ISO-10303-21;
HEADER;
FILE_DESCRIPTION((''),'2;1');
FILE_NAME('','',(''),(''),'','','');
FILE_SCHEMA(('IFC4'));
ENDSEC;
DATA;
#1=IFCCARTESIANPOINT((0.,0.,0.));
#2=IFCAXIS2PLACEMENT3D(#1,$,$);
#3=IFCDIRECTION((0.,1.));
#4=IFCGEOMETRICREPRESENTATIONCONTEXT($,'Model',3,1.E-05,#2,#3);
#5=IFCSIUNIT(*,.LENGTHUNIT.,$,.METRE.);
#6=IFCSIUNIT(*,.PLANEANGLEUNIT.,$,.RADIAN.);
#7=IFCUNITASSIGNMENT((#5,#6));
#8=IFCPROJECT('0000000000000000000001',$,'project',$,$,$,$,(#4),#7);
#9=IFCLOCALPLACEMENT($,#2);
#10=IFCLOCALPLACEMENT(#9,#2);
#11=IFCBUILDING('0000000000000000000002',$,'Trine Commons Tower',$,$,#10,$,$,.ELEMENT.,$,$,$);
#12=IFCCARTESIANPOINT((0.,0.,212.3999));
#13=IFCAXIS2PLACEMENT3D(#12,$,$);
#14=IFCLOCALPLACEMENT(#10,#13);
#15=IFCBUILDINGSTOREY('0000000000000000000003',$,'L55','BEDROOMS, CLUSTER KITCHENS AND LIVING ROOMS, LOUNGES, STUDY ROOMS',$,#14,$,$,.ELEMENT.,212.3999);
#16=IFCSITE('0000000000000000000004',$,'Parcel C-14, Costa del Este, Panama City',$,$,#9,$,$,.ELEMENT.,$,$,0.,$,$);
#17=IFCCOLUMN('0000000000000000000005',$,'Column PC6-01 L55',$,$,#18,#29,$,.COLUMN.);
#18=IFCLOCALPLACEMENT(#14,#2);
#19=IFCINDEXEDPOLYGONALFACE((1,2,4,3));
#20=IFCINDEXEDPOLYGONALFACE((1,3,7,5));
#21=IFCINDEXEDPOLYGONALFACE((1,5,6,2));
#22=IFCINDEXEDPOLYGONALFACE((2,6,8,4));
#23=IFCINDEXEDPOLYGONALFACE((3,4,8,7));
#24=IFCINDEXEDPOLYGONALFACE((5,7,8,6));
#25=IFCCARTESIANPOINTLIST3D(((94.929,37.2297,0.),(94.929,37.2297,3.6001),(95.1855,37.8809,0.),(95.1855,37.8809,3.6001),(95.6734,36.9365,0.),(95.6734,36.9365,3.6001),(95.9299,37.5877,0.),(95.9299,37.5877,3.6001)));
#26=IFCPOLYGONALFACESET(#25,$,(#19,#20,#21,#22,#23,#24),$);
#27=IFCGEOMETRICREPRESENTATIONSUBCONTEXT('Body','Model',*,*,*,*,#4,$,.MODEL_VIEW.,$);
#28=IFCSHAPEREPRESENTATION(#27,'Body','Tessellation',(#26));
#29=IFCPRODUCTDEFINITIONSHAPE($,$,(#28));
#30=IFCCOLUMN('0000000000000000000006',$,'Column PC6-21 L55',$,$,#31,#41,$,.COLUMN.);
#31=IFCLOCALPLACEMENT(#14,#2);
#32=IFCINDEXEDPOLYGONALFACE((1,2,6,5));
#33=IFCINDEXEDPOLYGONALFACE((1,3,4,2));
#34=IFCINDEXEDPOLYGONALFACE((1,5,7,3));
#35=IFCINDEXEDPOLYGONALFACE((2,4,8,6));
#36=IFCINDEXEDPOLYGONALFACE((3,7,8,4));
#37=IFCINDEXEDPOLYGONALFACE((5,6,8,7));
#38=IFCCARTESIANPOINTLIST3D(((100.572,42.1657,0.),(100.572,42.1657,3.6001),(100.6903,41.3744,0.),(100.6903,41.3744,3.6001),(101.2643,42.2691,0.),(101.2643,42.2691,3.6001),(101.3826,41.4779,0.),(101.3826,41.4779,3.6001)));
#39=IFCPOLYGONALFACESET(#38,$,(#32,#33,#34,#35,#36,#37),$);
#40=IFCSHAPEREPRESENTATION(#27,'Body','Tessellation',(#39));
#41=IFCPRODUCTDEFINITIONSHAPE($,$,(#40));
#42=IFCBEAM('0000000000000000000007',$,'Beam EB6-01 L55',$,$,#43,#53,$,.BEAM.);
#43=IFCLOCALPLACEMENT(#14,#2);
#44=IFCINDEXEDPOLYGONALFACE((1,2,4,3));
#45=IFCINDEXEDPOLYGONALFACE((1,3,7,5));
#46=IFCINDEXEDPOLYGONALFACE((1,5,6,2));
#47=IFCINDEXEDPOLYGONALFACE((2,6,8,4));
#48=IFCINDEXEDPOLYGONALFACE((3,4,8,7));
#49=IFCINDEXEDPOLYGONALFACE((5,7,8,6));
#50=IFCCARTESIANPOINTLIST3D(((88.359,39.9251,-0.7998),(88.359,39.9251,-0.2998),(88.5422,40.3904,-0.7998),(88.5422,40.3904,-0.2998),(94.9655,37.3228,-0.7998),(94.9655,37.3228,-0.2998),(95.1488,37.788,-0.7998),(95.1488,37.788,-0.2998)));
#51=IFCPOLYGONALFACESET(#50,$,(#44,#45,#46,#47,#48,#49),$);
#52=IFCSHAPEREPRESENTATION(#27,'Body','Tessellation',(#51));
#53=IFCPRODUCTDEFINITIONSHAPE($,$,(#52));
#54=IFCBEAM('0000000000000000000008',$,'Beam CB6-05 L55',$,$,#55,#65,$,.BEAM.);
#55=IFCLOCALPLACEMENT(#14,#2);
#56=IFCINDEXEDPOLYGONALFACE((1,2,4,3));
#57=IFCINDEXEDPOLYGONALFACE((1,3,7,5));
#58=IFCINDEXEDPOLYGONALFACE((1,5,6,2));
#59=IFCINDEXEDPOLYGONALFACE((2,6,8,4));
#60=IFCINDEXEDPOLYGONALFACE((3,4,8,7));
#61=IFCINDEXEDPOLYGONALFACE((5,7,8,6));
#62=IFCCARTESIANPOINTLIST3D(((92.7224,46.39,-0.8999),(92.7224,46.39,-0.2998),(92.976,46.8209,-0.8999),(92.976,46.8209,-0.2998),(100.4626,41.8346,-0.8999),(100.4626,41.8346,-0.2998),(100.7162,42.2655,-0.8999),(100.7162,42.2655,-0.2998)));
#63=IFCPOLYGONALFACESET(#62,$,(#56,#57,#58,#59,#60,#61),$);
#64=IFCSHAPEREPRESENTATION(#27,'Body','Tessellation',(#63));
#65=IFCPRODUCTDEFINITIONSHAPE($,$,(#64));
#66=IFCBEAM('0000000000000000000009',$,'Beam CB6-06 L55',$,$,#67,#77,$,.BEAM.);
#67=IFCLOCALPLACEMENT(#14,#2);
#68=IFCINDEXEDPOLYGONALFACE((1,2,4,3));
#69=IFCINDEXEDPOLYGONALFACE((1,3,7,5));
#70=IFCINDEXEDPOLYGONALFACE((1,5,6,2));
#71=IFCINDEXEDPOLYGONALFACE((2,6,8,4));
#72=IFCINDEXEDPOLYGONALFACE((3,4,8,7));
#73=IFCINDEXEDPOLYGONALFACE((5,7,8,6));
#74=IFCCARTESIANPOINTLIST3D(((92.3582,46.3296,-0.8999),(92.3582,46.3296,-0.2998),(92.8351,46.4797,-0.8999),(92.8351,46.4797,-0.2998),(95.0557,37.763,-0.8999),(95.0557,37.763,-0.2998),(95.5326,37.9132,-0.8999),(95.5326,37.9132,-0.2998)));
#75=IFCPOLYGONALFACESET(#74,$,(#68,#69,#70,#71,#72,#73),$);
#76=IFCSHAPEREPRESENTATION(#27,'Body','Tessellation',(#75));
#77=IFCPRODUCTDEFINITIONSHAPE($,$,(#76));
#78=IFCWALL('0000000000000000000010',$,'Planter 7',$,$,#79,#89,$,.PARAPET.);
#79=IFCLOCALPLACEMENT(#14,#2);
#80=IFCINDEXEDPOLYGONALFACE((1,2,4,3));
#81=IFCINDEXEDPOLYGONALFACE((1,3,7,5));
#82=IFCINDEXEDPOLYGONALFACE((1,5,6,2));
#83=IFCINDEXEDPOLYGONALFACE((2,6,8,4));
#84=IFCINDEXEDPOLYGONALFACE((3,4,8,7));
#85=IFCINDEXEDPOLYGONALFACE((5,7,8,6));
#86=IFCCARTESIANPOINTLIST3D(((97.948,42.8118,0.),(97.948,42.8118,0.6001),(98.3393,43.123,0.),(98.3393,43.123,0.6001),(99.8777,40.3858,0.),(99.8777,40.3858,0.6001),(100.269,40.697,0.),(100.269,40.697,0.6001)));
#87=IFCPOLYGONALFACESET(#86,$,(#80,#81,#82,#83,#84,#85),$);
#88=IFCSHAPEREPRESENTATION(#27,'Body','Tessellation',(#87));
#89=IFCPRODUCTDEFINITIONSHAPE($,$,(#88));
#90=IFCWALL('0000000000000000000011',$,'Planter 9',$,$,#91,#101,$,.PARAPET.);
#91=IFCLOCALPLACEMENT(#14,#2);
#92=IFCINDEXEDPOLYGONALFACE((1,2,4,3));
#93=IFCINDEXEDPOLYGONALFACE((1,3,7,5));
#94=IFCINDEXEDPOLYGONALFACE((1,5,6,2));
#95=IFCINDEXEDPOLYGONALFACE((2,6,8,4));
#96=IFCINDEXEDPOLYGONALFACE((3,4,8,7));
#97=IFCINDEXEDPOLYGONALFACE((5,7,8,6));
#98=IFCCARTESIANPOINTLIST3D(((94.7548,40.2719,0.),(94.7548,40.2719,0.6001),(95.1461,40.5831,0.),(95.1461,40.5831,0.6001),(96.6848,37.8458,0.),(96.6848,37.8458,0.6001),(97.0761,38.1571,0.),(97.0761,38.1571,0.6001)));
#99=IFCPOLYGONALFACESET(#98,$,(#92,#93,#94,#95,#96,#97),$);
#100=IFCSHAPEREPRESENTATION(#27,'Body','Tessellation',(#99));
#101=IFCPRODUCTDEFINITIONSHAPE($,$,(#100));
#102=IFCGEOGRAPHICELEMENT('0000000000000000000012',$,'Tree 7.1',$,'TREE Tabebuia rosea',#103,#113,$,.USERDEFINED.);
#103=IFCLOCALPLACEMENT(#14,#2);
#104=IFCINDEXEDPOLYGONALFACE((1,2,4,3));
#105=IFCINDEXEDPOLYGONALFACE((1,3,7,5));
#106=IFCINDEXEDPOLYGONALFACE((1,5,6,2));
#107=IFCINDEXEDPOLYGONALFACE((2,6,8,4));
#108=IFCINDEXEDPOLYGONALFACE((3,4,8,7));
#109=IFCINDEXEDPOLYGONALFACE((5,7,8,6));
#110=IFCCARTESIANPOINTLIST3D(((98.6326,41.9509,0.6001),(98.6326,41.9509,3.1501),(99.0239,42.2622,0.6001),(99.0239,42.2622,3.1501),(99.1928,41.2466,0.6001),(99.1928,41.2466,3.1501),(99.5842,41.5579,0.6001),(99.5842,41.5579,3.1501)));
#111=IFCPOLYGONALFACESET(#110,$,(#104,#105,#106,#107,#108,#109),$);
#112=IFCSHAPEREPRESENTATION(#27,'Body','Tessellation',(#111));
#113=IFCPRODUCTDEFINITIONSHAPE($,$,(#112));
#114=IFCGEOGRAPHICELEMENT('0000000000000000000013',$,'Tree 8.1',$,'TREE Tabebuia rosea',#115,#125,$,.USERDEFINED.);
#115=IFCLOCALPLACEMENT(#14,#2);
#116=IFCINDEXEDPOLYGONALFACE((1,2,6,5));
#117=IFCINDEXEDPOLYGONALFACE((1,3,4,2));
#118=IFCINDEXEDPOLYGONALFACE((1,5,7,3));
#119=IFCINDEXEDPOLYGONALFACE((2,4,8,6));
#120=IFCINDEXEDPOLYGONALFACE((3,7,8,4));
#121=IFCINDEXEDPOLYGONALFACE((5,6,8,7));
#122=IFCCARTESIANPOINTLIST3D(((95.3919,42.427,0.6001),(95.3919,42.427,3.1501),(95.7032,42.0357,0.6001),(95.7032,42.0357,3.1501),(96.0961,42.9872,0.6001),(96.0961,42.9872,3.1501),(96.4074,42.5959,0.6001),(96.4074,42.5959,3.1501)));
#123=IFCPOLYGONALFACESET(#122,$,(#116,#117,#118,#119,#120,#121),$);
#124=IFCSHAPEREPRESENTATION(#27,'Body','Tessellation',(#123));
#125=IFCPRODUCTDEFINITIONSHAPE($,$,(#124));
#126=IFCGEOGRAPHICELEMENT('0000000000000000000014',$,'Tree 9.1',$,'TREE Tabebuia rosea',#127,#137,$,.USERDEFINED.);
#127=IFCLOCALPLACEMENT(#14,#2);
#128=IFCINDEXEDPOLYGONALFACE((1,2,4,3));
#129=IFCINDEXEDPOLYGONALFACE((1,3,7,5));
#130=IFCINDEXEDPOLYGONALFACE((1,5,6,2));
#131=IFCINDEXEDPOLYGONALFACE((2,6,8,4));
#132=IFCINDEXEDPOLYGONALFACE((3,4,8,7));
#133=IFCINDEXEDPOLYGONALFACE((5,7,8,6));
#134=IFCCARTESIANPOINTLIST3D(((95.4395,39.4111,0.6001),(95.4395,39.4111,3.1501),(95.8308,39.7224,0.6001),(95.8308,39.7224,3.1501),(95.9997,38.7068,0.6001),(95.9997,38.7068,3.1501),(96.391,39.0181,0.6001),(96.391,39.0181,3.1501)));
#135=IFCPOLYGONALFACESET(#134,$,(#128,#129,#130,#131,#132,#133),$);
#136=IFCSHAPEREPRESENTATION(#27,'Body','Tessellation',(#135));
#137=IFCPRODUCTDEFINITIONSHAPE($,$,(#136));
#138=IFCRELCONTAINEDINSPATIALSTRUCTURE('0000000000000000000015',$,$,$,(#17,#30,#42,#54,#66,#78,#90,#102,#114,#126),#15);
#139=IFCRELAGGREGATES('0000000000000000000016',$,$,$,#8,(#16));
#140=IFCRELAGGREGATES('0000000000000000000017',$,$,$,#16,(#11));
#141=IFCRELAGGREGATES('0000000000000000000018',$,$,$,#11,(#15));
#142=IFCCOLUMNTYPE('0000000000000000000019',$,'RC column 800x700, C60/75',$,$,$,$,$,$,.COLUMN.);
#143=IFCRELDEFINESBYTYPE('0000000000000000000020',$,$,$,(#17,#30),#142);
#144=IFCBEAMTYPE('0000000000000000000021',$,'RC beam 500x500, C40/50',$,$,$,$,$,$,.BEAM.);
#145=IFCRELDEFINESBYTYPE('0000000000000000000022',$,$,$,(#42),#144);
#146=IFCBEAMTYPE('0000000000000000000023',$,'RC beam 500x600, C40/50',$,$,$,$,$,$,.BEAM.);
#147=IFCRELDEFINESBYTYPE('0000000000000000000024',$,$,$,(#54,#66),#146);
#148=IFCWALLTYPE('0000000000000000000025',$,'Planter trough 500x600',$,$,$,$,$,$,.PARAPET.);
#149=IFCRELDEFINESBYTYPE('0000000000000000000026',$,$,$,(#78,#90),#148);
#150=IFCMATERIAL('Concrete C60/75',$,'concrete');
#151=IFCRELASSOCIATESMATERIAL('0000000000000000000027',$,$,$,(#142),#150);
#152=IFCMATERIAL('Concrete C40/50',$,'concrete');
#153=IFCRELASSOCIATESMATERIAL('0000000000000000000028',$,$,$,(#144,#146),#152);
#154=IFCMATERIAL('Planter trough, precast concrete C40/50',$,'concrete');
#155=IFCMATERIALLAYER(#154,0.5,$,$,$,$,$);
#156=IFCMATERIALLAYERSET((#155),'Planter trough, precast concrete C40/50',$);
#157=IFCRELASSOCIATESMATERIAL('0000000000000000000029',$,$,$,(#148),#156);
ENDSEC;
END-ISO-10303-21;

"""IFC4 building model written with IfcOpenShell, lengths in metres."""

from ifc_helpers import new_model, si_unit, direction, frame, frame_2d, origin, origin_2d, place, context, subcontext, project, spatial, rectangle, extrude, material, layer, layer_set, material_profile, profile_set, type_object, element, save


model = new_model("IFC4")

# Units and contexts
model_context = context("Model", 3, precision=1e-05, world=origin(), true_north=direction((0.0, 1.0)))
body_context = subcontext(model_context, "Body", "Model", "MODEL_VIEW")
ifc_project = project(units=[si_unit("LENGTHUNIT", "METRE"), si_unit("PLANEANGLEUNIT", "RADIAN")], contexts=[model_context])

# Site, building, storey
site_placement = place(None, origin())
site = spatial("IfcSite", under=ifc_project, at=site_placement, Name="Parcel C-14, Costa del Este, Panama City", CompositionType="ELEMENT", RefElevation=0.0)
building_placement = place(site_placement, origin())
building = spatial("IfcBuilding", under=site, at=building_placement, Name="Trine Commons Tower", CompositionType="ELEMENT")
storey_placement = place(building_placement, frame((0.0, 0.0, 212.3999)))
storey = spatial("IfcBuildingStorey", under=building, at=storey_placement, Name="L55", Description="BEDROOMS, CLUSTER KITCHENS AND LIVING ROOMS, LOUNGES, STUDY ROOMS", CompositionType="ELEMENT", Elevation=212.3999)

# Columns
ifc_material_1 = material(Name="Concrete C60/75", Category="concrete")
ifc_material_profile_1 = material_profile(ifc_material_1, rectangle(XDim=0.8, YDim=0.7, at=origin_2d()), Name="RC 800x700")
ifc_profile_set_1 = profile_set([ifc_material_profile_1], Name="Concrete C60/75")
column_type = type_object("IfcColumnType", Name="RC column 800x700, C60/75", PredefinedType="COLUMN", material=ifc_profile_set_1)
for number, where, z_axis, x_axis, name in (
    (1, (95.4294, 37.4087, 0.0), (0.0, 0.0, 1.0), (-0.930418, 0.366501, 0.0), "Column PC6-01 L55"),
    (2, (100.9773, 41.8218, 0.0), (0.0, 0.0, 1.0), (-0.147809, 0.989016, 0.0), "Column PC6-21 L55"),
):
    element("IfcColumn", number, at=place(storey_placement, frame(where, z_axis=z_axis, x_axis=x_axis)), inside=storey, type_object=column_type, Name=name, PredefinedType="COLUMN", context=body_context, shape_type="SweptSolid", body=[
        extrude(rectangle(XDim=0.8, YDim=0.7, at=origin_2d()), origin(), (0.0, 0.0, 1.0), 3.6001),
    ])

# Beams
ifc_material_2 = material(Name="Concrete C40/50", Category="concrete")
ifc_material_profile_2 = material_profile(ifc_material_2, rectangle(XDim=0.5, YDim=0.5, at=origin_2d()), Name="RC 500x500")
ifc_profile_set_2 = profile_set([ifc_material_profile_2], Name="Concrete C40/50")
beam_type_1 = type_object("IfcBeamType", Name="RC beam 500x500, C40/50", PredefinedType="BEAM", material=ifc_profile_set_2)
beam_placement = place(storey_placement, frame((95.0571, 37.5554, -0.5498), z_axis=(-0.93042, 0.366495, 0.0), x_axis=(-0.366495, -0.93042, 0.0)))
element("IfcBeam", 3, at=beam_placement, inside=storey, type_object=beam_type_1, Name="Beam EB6-01 L55", PredefinedType="BEAM", context=body_context, shape_type="SweptSolid", body=[
    extrude(rectangle(XDim=0.5, YDim=0.5, at=origin_2d()), origin(), (0.0, 0.0, 1.0), 7.1006),
])
ifc_material_profile_3 = material_profile(ifc_material_2, rectangle(XDim=0.5, YDim=0.6001, at=origin_2d()), Name="RC 500x600")
ifc_profile_set_3 = profile_set([ifc_material_profile_3], Name="Concrete C40/50")
beam_type_2 = type_object("IfcBeamType", Name="RC beam 500x600, C40/50", PredefinedType="BEAM", material=ifc_profile_set_3)
for number, where, z_axis, x_axis, name in (
    (4, (100.5894, 42.05, -0.5999), (-0.86182, 0.507214, 0.0), (-0.507214, -0.86182, 0.0), "Beam CB6-05 L55"),
    (5, (95.2942, 37.8381, -0.5999), (-0.300355, 0.953828, 0.0), (-0.953828, -0.300355, 0.0), "Beam CB6-06 L55"),
):
    element("IfcBeam", number, at=place(storey_placement, frame(where, z_axis=z_axis, x_axis=x_axis)), inside=storey, type_object=beam_type_2, Name=name, PredefinedType="BEAM", context=body_context, shape_type="SweptSolid", body=[
        extrude(rectangle(XDim=0.5, YDim=0.6001, at=origin_2d()), origin(), (0.0, 0.0, 1.0), 8.9812),
    ])

# Walls
ifc_material_3 = material(Name="Planter trough, precast concrete C40/50", Category="concrete")
ifc_layer_1 = layer(ifc_material_3, 0.5)
ifc_layer_set_1 = layer_set([ifc_layer_1], Name="Planter trough, precast concrete C40/50")
wall_type_1 = type_object("IfcWallType", Name="Planter trough 500x600", PredefinedType="PARAPET", material=ifc_layer_set_1)
wall_1_placement = place(storey_placement, frame((100.0732, 40.5415, 0.0), z_axis=(0.0, 0.0, 1.0), x_axis=(-0.622503, 0.782618, 0.0)))
element("IfcWall", 6, at=wall_1_placement, inside=storey, type_object=wall_type_1, Name="Planter 7", PredefinedType="PARAPET", context=body_context, shape_type="SweptSolid", body=[
    extrude(rectangle(XDim=3.0999, YDim=0.5, at=frame_2d((1.5498, 0.0))), origin(), (0.0, 0.0, 1.0), 0.6001),
])
wall_2_placement = place(storey_placement, frame((94.9504, 40.4275, 0.0), z_axis=(0.0, 0.0, 1.0), x_axis=(0.622551, -0.782579, 0.0)))
element("IfcWall", 7, at=wall_2_placement, inside=storey, type_object=wall_type_1, Name="Planter 9", PredefinedType="PARAPET", context=body_context, shape_type="SweptSolid", body=[
    extrude(rectangle(XDim=3.1001, YDim=0.5, at=frame_2d((1.55, 0.0))), origin(), (0.0, 0.0, 1.0), 0.6001),
])

# Geographic elements
for number, where, z_axis, x_axis, name in (
    (8, (99.1084, 41.7544, 0.6001), (0.0, 0.0, 1.0), (-0.622516, 0.782607, 0.0), "Tree 7.1"),
    (9, (95.8997, 42.5115, 0.6001), (0.0, 0.0, 1.0), (-0.782586, -0.622542, 0.0), "Tree 8.1"),
    (10, (95.9153, 39.2146, 0.6001), (0.0, 0.0, 1.0), (0.622516, -0.782607, 0.0), "Tree 9.1"),
):
    element("IfcGeographicElement", number, at=place(storey_placement, frame(where, z_axis=z_axis, x_axis=x_axis)), inside=storey, Name=name, ObjectType="TREE Tabebuia rosea", PredefinedType="USERDEFINED", context=body_context, shape_type="SweptSolid", body=[
        extrude(rectangle(XDim=0.8999, YDim=0.5, at=origin_2d()), origin(), (0.0, 0.0, 1.0), 2.55),
    ])

save(model, "model.ifc")
